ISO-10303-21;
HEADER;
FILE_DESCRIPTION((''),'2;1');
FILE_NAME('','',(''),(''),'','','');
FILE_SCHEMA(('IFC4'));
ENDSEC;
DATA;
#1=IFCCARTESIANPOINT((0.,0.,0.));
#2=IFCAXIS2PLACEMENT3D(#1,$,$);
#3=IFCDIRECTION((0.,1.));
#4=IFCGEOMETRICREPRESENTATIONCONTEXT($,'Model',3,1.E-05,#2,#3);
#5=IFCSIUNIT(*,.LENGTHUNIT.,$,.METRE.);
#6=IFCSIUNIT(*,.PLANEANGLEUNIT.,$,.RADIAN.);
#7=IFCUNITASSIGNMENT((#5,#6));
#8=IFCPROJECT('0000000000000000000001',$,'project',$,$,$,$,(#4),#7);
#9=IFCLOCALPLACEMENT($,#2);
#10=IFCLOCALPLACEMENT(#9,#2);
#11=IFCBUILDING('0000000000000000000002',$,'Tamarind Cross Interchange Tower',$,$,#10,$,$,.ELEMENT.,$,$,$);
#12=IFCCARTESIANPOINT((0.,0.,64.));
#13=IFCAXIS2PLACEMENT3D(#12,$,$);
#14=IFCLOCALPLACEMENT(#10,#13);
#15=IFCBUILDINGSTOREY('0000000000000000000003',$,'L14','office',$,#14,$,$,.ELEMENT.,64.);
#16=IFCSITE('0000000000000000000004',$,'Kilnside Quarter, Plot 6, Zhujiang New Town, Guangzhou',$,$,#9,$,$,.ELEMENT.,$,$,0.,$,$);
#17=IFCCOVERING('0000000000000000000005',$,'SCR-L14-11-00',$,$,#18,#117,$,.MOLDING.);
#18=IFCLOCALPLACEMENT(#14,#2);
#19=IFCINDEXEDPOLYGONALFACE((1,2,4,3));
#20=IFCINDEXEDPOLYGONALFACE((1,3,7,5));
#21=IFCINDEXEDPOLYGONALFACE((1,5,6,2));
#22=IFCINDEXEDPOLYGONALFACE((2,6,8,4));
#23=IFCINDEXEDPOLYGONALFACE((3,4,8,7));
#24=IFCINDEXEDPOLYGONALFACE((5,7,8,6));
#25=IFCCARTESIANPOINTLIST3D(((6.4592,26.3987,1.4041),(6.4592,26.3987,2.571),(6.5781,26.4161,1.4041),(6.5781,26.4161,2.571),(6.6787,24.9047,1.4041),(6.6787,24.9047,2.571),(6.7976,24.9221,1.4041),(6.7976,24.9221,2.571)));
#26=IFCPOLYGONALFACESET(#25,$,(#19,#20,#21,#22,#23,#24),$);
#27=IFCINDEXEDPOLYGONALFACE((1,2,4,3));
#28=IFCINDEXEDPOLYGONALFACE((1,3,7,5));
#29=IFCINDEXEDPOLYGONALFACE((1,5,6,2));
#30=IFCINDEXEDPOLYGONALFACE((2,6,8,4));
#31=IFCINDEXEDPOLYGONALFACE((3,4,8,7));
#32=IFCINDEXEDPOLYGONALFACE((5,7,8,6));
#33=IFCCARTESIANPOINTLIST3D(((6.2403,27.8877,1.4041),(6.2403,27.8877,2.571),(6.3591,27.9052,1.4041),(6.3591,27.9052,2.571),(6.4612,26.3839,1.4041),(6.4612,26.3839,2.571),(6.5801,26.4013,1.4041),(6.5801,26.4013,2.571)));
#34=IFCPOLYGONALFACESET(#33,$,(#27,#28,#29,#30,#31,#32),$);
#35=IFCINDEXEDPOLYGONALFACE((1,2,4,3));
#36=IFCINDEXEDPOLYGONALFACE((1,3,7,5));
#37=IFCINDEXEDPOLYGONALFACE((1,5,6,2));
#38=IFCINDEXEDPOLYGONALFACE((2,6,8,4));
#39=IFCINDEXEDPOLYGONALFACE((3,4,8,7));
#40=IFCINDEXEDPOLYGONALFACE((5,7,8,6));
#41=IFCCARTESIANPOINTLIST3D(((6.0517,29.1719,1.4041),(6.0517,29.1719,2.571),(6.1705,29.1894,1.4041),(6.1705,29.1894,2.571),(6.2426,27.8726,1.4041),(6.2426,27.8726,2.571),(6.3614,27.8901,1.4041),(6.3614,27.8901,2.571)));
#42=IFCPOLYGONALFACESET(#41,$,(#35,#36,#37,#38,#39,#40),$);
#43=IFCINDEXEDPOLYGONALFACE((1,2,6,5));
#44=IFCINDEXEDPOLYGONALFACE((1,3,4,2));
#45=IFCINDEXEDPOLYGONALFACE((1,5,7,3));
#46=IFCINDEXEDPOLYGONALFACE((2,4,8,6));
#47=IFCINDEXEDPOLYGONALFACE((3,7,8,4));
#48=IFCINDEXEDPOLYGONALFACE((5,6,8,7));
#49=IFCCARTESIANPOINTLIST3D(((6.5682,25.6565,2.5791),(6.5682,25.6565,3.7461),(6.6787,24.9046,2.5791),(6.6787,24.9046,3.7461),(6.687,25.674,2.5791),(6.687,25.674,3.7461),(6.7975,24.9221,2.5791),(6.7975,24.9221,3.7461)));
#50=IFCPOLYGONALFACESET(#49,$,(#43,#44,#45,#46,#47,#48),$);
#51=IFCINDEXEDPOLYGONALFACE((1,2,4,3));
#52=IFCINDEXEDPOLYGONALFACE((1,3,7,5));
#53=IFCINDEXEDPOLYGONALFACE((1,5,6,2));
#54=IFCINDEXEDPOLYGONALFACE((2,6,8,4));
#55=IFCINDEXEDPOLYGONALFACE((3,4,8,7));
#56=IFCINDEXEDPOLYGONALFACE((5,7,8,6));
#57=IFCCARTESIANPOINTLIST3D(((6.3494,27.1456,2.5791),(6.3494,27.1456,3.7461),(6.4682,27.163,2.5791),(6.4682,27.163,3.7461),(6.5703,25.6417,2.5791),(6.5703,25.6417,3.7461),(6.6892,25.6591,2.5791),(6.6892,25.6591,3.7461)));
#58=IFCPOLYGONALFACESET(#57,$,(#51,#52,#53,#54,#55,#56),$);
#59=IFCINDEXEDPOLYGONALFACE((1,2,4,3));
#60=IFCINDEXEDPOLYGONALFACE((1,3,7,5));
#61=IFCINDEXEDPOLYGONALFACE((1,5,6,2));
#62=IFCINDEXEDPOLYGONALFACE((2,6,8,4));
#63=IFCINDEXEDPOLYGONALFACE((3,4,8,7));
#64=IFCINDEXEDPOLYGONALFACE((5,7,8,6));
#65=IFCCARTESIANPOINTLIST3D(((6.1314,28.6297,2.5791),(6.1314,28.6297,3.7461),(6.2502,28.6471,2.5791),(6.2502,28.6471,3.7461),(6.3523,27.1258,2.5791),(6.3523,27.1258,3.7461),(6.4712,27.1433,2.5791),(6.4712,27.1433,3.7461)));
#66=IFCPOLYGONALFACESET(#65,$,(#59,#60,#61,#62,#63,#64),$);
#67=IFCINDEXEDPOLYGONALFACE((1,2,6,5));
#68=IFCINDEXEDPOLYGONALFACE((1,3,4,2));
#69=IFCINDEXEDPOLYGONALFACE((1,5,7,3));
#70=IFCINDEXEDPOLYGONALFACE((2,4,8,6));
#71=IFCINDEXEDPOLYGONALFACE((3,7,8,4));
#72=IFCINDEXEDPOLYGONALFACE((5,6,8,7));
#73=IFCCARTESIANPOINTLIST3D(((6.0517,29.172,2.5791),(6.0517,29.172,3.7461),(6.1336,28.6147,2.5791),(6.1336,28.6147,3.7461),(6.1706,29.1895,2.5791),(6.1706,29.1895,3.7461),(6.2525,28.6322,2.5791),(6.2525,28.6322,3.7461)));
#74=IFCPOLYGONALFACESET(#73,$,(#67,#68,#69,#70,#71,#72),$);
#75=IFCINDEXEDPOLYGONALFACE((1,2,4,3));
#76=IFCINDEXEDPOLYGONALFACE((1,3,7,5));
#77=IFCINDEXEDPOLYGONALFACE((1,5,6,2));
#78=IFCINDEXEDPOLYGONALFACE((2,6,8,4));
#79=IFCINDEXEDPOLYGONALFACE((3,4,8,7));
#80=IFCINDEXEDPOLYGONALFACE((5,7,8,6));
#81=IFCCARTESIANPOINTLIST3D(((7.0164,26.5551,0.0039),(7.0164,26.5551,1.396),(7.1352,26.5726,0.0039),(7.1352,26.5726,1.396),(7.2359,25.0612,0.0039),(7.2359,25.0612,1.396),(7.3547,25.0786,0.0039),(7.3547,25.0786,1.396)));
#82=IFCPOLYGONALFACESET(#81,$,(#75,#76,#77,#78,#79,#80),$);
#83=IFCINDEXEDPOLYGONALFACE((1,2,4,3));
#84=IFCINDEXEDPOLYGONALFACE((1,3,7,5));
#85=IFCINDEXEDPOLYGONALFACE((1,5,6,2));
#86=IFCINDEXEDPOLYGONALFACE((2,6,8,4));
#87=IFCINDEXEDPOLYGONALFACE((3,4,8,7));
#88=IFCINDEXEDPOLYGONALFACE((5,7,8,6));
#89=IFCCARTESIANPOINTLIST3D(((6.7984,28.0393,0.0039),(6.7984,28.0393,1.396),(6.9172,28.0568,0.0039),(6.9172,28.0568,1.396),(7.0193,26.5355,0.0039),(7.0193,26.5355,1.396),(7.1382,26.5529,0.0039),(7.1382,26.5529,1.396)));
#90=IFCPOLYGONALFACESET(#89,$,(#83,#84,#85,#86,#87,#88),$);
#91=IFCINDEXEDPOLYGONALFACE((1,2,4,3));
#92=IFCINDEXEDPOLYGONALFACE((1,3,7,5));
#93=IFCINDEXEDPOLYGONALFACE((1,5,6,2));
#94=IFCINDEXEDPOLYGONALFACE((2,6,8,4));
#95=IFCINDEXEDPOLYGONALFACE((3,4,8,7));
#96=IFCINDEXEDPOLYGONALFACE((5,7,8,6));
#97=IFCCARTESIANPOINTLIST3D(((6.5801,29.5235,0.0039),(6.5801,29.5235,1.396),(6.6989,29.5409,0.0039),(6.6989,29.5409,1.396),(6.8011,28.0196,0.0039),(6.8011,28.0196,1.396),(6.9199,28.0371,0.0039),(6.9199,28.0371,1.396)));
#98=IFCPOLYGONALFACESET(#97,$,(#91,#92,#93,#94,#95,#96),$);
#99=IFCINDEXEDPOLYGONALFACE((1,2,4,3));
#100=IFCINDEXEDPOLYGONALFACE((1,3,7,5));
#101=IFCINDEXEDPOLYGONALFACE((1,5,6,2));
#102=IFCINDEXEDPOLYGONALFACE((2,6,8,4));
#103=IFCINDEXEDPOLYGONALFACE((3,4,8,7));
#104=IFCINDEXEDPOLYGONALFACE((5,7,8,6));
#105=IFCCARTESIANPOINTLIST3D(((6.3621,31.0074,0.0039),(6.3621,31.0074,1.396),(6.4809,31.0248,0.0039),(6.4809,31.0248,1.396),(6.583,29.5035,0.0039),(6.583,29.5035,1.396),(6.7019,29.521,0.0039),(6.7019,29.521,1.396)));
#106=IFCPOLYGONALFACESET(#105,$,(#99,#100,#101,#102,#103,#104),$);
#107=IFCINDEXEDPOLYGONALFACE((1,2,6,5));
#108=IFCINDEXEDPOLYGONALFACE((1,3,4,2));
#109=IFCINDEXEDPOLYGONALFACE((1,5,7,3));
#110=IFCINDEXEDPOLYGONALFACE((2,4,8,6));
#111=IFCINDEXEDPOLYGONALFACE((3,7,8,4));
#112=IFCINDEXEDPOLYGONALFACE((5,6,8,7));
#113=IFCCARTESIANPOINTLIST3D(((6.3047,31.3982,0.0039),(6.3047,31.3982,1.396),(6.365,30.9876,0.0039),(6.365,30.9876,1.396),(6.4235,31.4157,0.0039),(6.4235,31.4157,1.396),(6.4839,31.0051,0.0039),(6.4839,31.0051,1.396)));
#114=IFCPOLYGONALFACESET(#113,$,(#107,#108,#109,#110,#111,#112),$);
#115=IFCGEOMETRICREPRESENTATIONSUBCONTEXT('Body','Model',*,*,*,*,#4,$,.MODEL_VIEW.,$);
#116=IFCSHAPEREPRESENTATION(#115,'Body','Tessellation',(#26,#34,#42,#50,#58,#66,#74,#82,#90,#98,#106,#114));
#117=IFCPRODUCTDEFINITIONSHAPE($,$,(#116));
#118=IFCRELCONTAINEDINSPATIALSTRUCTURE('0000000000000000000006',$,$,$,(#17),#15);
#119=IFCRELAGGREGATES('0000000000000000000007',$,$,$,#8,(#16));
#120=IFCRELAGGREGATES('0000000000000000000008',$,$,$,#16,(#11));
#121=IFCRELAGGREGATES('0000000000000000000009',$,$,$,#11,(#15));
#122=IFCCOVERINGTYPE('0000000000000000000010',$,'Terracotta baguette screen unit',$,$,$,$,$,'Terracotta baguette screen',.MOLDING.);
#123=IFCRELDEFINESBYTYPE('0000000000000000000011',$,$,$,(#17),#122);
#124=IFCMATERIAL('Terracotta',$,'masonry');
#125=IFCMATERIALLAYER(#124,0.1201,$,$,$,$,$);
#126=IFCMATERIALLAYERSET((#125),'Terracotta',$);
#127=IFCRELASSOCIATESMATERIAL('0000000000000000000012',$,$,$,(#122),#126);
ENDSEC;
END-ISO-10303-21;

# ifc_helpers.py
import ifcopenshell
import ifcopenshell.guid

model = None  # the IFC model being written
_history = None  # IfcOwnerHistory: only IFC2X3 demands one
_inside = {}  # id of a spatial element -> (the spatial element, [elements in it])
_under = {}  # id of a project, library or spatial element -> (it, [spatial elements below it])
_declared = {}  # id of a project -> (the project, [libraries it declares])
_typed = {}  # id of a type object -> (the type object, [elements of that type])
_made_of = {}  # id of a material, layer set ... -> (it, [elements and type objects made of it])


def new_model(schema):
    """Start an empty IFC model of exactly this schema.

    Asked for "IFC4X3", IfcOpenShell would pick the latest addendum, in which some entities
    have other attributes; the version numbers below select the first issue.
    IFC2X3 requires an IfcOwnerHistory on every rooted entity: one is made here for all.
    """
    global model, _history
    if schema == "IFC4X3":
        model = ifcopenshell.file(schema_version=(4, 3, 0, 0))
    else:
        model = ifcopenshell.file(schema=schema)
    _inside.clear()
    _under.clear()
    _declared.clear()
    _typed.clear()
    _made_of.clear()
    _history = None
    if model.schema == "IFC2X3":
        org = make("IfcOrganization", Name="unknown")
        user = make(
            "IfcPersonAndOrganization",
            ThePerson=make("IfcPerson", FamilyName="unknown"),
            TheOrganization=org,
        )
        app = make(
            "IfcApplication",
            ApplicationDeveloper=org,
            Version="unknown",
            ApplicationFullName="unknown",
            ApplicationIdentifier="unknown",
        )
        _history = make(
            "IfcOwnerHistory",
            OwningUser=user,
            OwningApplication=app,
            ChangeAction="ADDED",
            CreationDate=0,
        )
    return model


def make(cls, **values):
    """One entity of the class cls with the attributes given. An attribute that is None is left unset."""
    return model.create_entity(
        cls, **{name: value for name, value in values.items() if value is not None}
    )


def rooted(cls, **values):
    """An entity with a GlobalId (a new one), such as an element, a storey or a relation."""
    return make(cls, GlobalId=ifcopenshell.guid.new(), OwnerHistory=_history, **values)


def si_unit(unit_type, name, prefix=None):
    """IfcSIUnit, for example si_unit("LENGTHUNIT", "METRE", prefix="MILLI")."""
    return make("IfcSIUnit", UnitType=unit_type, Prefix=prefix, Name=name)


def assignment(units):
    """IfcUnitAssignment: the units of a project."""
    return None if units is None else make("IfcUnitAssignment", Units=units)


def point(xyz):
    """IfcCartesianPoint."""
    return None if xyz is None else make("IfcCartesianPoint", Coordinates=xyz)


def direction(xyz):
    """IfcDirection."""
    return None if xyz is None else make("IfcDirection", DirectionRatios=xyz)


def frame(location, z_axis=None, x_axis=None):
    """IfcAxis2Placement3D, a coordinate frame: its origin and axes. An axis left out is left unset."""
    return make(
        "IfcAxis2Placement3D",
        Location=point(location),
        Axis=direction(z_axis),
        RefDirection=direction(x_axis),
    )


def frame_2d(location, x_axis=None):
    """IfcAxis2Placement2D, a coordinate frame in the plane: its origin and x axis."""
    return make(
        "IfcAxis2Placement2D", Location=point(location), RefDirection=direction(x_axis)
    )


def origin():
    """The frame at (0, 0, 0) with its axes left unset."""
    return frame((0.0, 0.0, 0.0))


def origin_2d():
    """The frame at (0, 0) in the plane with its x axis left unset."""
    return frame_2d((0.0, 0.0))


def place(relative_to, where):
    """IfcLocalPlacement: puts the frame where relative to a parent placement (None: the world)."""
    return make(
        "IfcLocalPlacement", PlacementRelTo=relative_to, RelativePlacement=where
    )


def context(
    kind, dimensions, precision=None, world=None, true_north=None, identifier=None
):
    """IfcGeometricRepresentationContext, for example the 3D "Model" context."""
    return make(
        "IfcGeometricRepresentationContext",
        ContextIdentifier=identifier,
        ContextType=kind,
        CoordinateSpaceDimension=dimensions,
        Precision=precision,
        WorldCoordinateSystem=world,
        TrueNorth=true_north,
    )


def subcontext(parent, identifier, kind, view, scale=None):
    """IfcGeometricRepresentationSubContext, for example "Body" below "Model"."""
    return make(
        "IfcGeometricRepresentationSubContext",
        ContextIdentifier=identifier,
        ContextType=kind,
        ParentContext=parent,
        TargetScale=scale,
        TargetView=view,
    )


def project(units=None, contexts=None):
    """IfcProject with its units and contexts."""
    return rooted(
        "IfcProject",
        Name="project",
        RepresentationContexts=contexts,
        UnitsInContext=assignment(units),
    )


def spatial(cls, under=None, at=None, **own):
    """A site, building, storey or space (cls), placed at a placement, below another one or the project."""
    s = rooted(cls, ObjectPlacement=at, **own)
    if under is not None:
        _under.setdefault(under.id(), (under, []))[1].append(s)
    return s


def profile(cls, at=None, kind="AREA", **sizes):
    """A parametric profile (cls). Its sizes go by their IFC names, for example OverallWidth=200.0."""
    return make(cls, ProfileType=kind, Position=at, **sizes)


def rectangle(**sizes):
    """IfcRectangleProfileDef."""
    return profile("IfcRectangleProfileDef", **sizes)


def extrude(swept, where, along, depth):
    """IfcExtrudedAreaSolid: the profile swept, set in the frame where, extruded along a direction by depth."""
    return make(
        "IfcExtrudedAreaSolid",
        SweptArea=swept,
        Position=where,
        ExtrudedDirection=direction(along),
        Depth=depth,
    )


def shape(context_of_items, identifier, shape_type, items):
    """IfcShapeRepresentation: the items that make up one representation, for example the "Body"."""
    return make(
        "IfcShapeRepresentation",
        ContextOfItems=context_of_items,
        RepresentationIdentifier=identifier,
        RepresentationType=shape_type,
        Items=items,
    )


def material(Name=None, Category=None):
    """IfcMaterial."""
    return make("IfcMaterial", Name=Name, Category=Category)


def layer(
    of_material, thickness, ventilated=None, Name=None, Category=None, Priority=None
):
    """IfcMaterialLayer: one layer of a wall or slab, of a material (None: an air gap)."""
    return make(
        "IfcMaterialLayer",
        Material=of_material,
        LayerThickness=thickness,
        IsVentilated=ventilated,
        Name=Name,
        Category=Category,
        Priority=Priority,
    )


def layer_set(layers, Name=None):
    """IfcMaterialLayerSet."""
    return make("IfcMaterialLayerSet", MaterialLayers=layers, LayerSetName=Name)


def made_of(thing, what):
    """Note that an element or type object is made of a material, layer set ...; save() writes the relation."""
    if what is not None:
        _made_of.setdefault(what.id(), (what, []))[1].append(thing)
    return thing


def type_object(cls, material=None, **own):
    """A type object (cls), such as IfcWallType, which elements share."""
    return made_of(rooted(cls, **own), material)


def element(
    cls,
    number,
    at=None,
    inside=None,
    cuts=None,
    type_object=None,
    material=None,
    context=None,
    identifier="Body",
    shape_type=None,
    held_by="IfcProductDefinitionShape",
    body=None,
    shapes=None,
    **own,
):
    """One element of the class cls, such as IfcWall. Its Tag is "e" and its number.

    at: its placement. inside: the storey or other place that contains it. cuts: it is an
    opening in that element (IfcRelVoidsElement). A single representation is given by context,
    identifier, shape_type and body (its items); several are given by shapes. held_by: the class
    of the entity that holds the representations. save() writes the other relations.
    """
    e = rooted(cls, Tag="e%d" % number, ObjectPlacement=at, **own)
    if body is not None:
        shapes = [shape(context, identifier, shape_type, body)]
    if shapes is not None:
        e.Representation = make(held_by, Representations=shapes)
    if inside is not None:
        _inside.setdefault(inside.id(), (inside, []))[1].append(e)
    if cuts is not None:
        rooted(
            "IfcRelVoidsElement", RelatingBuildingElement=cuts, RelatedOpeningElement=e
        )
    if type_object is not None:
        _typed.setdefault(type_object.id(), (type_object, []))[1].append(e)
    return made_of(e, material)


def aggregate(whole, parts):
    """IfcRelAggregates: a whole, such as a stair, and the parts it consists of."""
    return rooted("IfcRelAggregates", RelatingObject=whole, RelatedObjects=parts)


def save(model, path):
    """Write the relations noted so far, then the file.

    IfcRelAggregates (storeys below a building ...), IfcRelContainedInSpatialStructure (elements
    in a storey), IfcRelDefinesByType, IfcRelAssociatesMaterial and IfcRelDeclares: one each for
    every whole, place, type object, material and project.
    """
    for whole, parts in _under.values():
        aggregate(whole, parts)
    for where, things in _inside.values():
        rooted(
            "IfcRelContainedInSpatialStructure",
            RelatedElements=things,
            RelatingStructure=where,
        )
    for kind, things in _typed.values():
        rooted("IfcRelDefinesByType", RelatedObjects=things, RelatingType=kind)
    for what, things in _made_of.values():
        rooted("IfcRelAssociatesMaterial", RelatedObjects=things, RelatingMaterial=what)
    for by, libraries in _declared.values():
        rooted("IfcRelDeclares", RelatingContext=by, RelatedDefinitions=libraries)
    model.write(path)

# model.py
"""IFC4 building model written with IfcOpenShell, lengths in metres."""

from ifc_helpers import new_model, si_unit, direction, frame, origin, origin_2d, place, context, subcontext, project, spatial, rectangle, extrude, material, layer, layer_set, type_object, element, save


model = new_model("IFC4")

# Units and contexts
model_context = context("Model", 3, precision=1e-05, world=origin(), true_north=direction((0.0, 1.0)))
body_context = subcontext(model_context, "Body", "Model", "MODEL_VIEW")
ifc_project = project(units=[si_unit("LENGTHUNIT", "METRE"), si_unit("PLANEANGLEUNIT", "RADIAN")], contexts=[model_context])

# Site, building, storey
site_placement = place(None, origin())
site = spatial("IfcSite", under=ifc_project, at=site_placement, Name="Kilnside Quarter, Plot 6, Zhujiang New Town, Guangzhou", CompositionType="ELEMENT", RefElevation=0.0)
building_placement = place(site_placement, origin())
building = spatial("IfcBuilding", under=site, at=building_placement, Name="Tamarind Cross Interchange Tower", CompositionType="ELEMENT")
storey_placement = place(building_placement, frame((0.0, 0.0, 64.0)))
storey = spatial("IfcBuildingStorey", under=building, at=storey_placement, Name="L14", Description="office", CompositionType="ELEMENT", Elevation=64.0)

# Covering
ifc_material_1 = material(Name="Terracotta", Category="masonry")
ifc_layer_1 = layer(ifc_material_1, 0.1201)
ifc_layer_set_1 = layer_set([ifc_layer_1], Name="Terracotta")
covering_type = type_object("IfcCoveringType", Name="Terracotta baguette screen unit", ElementType="Terracotta baguette screen", PredefinedType="MOLDING", material=ifc_layer_set_1)
covering_1_placement = place(storey_placement, origin())
element("IfcCovering", 1, at=covering_1_placement, inside=storey, type_object=covering_type, Name="SCR-L14-11-00", PredefinedType="MOLDING", context=body_context, shape_type="SweptSolid", body=[
    extrude(rectangle(XDim=1.51, YDim=0.1201, at=origin_2d()), frame((6.6284, 25.6604, 1.4041), z_axis=(0.0, 0.0, 1.0), x_axis=(-0.145365, 0.989378, 0.0)), (0.0, 0.0, 1.0), 1.167),
    extrude(rectangle(XDim=1.52, YDim=0.1201, at=origin_2d()), frame((6.4102, 27.1445, 1.4041), z_axis=(0.0, 0.0, 1.0), x_axis=(-0.145365, 0.989378, 0.0)), (0.0, 0.0, 1.0), 1.167),
    extrude(rectangle(XDim=1.3132, YDim=0.1201, at=origin_2d()), frame((6.2065, 28.531, 1.4041), z_axis=(0.0, 0.0, 1.0), x_axis=(-0.145365, 0.989378, 0.0)), (0.0, 0.0, 1.0), 1.167),
    extrude(rectangle(XDim=0.76, YDim=0.1201, at=origin_2d()), frame((6.6829, 25.2893, 2.5791), z_axis=(0.0, 0.0, 1.0), x_axis=(-0.145365, 0.989378, 0.0)), (0.0, 0.0, 1.0), 1.167),
    extrude(rectangle(XDim=1.52, YDim=0.1201, at=origin_2d()), frame((6.5193, 26.4023, 2.5791), z_axis=(0.0, 0.0, 1.0), x_axis=(-0.145365, 0.989378, 0.0)), (0.0, 0.0, 1.0), 1.167),
    extrude(rectangle(XDim=1.52, YDim=0.1201, at=origin_2d()), frame((6.3013, 27.8865, 2.5791), z_axis=(0.0, 0.0, 1.0), x_axis=(-0.145365, 0.989378, 0.0)), (0.0, 0.0, 1.0), 1.167),
    extrude(rectangle(XDim=0.5632, YDim=0.1201, at=origin_2d()), frame((6.1521, 28.9021, 2.5791), z_axis=(0.0, 0.0, 1.0), x_axis=(-0.145365, 0.989378, 0.0)), (0.0, 0.0, 1.0), 1.167),
    extrude(rectangle(XDim=1.51, YDim=0.1201, at=origin_2d()), frame((7.1855, 25.8169, 0.0039), z_axis=(0.0, 0.0, 1.0), x_axis=(-0.145365, 0.989378, 0.0)), (0.0, 0.0, 1.0), 1.3921),
    extrude(rectangle(XDim=1.52, YDim=0.1201, at=origin_2d()), frame((6.9683, 27.2961, 0.0039), z_axis=(0.0, 0.0, 1.0), x_axis=(-0.145365, 0.989378, 0.0)), (0.0, 0.0, 1.0), 1.3921),
    extrude(rectangle(XDim=1.52, YDim=0.1201, at=origin_2d()), frame((6.75, 28.7803, 0.0039), z_axis=(0.0, 0.0, 1.0), x_axis=(-0.145365, 0.989378, 0.0)), (0.0, 0.0, 1.0), 1.3921),
    extrude(rectangle(XDim=1.52, YDim=0.1201, at=origin_2d()), frame((6.532, 30.2642, 0.0039), z_axis=(0.0, 0.0, 1.0), x_axis=(-0.145365, 0.989378, 0.0)), (0.0, 0.0, 1.0), 1.3921),
    extrude(rectangle(XDim=0.415, YDim=0.1201, at=origin_2d()), frame((6.3943, 31.2017, 0.0039), z_axis=(0.0, 0.0, 1.0), x_axis=(-0.145365, 0.989378, 0.0)), (0.0, 0.0, 1.0), 1.3921),
])

save(model, "model.ifc")
